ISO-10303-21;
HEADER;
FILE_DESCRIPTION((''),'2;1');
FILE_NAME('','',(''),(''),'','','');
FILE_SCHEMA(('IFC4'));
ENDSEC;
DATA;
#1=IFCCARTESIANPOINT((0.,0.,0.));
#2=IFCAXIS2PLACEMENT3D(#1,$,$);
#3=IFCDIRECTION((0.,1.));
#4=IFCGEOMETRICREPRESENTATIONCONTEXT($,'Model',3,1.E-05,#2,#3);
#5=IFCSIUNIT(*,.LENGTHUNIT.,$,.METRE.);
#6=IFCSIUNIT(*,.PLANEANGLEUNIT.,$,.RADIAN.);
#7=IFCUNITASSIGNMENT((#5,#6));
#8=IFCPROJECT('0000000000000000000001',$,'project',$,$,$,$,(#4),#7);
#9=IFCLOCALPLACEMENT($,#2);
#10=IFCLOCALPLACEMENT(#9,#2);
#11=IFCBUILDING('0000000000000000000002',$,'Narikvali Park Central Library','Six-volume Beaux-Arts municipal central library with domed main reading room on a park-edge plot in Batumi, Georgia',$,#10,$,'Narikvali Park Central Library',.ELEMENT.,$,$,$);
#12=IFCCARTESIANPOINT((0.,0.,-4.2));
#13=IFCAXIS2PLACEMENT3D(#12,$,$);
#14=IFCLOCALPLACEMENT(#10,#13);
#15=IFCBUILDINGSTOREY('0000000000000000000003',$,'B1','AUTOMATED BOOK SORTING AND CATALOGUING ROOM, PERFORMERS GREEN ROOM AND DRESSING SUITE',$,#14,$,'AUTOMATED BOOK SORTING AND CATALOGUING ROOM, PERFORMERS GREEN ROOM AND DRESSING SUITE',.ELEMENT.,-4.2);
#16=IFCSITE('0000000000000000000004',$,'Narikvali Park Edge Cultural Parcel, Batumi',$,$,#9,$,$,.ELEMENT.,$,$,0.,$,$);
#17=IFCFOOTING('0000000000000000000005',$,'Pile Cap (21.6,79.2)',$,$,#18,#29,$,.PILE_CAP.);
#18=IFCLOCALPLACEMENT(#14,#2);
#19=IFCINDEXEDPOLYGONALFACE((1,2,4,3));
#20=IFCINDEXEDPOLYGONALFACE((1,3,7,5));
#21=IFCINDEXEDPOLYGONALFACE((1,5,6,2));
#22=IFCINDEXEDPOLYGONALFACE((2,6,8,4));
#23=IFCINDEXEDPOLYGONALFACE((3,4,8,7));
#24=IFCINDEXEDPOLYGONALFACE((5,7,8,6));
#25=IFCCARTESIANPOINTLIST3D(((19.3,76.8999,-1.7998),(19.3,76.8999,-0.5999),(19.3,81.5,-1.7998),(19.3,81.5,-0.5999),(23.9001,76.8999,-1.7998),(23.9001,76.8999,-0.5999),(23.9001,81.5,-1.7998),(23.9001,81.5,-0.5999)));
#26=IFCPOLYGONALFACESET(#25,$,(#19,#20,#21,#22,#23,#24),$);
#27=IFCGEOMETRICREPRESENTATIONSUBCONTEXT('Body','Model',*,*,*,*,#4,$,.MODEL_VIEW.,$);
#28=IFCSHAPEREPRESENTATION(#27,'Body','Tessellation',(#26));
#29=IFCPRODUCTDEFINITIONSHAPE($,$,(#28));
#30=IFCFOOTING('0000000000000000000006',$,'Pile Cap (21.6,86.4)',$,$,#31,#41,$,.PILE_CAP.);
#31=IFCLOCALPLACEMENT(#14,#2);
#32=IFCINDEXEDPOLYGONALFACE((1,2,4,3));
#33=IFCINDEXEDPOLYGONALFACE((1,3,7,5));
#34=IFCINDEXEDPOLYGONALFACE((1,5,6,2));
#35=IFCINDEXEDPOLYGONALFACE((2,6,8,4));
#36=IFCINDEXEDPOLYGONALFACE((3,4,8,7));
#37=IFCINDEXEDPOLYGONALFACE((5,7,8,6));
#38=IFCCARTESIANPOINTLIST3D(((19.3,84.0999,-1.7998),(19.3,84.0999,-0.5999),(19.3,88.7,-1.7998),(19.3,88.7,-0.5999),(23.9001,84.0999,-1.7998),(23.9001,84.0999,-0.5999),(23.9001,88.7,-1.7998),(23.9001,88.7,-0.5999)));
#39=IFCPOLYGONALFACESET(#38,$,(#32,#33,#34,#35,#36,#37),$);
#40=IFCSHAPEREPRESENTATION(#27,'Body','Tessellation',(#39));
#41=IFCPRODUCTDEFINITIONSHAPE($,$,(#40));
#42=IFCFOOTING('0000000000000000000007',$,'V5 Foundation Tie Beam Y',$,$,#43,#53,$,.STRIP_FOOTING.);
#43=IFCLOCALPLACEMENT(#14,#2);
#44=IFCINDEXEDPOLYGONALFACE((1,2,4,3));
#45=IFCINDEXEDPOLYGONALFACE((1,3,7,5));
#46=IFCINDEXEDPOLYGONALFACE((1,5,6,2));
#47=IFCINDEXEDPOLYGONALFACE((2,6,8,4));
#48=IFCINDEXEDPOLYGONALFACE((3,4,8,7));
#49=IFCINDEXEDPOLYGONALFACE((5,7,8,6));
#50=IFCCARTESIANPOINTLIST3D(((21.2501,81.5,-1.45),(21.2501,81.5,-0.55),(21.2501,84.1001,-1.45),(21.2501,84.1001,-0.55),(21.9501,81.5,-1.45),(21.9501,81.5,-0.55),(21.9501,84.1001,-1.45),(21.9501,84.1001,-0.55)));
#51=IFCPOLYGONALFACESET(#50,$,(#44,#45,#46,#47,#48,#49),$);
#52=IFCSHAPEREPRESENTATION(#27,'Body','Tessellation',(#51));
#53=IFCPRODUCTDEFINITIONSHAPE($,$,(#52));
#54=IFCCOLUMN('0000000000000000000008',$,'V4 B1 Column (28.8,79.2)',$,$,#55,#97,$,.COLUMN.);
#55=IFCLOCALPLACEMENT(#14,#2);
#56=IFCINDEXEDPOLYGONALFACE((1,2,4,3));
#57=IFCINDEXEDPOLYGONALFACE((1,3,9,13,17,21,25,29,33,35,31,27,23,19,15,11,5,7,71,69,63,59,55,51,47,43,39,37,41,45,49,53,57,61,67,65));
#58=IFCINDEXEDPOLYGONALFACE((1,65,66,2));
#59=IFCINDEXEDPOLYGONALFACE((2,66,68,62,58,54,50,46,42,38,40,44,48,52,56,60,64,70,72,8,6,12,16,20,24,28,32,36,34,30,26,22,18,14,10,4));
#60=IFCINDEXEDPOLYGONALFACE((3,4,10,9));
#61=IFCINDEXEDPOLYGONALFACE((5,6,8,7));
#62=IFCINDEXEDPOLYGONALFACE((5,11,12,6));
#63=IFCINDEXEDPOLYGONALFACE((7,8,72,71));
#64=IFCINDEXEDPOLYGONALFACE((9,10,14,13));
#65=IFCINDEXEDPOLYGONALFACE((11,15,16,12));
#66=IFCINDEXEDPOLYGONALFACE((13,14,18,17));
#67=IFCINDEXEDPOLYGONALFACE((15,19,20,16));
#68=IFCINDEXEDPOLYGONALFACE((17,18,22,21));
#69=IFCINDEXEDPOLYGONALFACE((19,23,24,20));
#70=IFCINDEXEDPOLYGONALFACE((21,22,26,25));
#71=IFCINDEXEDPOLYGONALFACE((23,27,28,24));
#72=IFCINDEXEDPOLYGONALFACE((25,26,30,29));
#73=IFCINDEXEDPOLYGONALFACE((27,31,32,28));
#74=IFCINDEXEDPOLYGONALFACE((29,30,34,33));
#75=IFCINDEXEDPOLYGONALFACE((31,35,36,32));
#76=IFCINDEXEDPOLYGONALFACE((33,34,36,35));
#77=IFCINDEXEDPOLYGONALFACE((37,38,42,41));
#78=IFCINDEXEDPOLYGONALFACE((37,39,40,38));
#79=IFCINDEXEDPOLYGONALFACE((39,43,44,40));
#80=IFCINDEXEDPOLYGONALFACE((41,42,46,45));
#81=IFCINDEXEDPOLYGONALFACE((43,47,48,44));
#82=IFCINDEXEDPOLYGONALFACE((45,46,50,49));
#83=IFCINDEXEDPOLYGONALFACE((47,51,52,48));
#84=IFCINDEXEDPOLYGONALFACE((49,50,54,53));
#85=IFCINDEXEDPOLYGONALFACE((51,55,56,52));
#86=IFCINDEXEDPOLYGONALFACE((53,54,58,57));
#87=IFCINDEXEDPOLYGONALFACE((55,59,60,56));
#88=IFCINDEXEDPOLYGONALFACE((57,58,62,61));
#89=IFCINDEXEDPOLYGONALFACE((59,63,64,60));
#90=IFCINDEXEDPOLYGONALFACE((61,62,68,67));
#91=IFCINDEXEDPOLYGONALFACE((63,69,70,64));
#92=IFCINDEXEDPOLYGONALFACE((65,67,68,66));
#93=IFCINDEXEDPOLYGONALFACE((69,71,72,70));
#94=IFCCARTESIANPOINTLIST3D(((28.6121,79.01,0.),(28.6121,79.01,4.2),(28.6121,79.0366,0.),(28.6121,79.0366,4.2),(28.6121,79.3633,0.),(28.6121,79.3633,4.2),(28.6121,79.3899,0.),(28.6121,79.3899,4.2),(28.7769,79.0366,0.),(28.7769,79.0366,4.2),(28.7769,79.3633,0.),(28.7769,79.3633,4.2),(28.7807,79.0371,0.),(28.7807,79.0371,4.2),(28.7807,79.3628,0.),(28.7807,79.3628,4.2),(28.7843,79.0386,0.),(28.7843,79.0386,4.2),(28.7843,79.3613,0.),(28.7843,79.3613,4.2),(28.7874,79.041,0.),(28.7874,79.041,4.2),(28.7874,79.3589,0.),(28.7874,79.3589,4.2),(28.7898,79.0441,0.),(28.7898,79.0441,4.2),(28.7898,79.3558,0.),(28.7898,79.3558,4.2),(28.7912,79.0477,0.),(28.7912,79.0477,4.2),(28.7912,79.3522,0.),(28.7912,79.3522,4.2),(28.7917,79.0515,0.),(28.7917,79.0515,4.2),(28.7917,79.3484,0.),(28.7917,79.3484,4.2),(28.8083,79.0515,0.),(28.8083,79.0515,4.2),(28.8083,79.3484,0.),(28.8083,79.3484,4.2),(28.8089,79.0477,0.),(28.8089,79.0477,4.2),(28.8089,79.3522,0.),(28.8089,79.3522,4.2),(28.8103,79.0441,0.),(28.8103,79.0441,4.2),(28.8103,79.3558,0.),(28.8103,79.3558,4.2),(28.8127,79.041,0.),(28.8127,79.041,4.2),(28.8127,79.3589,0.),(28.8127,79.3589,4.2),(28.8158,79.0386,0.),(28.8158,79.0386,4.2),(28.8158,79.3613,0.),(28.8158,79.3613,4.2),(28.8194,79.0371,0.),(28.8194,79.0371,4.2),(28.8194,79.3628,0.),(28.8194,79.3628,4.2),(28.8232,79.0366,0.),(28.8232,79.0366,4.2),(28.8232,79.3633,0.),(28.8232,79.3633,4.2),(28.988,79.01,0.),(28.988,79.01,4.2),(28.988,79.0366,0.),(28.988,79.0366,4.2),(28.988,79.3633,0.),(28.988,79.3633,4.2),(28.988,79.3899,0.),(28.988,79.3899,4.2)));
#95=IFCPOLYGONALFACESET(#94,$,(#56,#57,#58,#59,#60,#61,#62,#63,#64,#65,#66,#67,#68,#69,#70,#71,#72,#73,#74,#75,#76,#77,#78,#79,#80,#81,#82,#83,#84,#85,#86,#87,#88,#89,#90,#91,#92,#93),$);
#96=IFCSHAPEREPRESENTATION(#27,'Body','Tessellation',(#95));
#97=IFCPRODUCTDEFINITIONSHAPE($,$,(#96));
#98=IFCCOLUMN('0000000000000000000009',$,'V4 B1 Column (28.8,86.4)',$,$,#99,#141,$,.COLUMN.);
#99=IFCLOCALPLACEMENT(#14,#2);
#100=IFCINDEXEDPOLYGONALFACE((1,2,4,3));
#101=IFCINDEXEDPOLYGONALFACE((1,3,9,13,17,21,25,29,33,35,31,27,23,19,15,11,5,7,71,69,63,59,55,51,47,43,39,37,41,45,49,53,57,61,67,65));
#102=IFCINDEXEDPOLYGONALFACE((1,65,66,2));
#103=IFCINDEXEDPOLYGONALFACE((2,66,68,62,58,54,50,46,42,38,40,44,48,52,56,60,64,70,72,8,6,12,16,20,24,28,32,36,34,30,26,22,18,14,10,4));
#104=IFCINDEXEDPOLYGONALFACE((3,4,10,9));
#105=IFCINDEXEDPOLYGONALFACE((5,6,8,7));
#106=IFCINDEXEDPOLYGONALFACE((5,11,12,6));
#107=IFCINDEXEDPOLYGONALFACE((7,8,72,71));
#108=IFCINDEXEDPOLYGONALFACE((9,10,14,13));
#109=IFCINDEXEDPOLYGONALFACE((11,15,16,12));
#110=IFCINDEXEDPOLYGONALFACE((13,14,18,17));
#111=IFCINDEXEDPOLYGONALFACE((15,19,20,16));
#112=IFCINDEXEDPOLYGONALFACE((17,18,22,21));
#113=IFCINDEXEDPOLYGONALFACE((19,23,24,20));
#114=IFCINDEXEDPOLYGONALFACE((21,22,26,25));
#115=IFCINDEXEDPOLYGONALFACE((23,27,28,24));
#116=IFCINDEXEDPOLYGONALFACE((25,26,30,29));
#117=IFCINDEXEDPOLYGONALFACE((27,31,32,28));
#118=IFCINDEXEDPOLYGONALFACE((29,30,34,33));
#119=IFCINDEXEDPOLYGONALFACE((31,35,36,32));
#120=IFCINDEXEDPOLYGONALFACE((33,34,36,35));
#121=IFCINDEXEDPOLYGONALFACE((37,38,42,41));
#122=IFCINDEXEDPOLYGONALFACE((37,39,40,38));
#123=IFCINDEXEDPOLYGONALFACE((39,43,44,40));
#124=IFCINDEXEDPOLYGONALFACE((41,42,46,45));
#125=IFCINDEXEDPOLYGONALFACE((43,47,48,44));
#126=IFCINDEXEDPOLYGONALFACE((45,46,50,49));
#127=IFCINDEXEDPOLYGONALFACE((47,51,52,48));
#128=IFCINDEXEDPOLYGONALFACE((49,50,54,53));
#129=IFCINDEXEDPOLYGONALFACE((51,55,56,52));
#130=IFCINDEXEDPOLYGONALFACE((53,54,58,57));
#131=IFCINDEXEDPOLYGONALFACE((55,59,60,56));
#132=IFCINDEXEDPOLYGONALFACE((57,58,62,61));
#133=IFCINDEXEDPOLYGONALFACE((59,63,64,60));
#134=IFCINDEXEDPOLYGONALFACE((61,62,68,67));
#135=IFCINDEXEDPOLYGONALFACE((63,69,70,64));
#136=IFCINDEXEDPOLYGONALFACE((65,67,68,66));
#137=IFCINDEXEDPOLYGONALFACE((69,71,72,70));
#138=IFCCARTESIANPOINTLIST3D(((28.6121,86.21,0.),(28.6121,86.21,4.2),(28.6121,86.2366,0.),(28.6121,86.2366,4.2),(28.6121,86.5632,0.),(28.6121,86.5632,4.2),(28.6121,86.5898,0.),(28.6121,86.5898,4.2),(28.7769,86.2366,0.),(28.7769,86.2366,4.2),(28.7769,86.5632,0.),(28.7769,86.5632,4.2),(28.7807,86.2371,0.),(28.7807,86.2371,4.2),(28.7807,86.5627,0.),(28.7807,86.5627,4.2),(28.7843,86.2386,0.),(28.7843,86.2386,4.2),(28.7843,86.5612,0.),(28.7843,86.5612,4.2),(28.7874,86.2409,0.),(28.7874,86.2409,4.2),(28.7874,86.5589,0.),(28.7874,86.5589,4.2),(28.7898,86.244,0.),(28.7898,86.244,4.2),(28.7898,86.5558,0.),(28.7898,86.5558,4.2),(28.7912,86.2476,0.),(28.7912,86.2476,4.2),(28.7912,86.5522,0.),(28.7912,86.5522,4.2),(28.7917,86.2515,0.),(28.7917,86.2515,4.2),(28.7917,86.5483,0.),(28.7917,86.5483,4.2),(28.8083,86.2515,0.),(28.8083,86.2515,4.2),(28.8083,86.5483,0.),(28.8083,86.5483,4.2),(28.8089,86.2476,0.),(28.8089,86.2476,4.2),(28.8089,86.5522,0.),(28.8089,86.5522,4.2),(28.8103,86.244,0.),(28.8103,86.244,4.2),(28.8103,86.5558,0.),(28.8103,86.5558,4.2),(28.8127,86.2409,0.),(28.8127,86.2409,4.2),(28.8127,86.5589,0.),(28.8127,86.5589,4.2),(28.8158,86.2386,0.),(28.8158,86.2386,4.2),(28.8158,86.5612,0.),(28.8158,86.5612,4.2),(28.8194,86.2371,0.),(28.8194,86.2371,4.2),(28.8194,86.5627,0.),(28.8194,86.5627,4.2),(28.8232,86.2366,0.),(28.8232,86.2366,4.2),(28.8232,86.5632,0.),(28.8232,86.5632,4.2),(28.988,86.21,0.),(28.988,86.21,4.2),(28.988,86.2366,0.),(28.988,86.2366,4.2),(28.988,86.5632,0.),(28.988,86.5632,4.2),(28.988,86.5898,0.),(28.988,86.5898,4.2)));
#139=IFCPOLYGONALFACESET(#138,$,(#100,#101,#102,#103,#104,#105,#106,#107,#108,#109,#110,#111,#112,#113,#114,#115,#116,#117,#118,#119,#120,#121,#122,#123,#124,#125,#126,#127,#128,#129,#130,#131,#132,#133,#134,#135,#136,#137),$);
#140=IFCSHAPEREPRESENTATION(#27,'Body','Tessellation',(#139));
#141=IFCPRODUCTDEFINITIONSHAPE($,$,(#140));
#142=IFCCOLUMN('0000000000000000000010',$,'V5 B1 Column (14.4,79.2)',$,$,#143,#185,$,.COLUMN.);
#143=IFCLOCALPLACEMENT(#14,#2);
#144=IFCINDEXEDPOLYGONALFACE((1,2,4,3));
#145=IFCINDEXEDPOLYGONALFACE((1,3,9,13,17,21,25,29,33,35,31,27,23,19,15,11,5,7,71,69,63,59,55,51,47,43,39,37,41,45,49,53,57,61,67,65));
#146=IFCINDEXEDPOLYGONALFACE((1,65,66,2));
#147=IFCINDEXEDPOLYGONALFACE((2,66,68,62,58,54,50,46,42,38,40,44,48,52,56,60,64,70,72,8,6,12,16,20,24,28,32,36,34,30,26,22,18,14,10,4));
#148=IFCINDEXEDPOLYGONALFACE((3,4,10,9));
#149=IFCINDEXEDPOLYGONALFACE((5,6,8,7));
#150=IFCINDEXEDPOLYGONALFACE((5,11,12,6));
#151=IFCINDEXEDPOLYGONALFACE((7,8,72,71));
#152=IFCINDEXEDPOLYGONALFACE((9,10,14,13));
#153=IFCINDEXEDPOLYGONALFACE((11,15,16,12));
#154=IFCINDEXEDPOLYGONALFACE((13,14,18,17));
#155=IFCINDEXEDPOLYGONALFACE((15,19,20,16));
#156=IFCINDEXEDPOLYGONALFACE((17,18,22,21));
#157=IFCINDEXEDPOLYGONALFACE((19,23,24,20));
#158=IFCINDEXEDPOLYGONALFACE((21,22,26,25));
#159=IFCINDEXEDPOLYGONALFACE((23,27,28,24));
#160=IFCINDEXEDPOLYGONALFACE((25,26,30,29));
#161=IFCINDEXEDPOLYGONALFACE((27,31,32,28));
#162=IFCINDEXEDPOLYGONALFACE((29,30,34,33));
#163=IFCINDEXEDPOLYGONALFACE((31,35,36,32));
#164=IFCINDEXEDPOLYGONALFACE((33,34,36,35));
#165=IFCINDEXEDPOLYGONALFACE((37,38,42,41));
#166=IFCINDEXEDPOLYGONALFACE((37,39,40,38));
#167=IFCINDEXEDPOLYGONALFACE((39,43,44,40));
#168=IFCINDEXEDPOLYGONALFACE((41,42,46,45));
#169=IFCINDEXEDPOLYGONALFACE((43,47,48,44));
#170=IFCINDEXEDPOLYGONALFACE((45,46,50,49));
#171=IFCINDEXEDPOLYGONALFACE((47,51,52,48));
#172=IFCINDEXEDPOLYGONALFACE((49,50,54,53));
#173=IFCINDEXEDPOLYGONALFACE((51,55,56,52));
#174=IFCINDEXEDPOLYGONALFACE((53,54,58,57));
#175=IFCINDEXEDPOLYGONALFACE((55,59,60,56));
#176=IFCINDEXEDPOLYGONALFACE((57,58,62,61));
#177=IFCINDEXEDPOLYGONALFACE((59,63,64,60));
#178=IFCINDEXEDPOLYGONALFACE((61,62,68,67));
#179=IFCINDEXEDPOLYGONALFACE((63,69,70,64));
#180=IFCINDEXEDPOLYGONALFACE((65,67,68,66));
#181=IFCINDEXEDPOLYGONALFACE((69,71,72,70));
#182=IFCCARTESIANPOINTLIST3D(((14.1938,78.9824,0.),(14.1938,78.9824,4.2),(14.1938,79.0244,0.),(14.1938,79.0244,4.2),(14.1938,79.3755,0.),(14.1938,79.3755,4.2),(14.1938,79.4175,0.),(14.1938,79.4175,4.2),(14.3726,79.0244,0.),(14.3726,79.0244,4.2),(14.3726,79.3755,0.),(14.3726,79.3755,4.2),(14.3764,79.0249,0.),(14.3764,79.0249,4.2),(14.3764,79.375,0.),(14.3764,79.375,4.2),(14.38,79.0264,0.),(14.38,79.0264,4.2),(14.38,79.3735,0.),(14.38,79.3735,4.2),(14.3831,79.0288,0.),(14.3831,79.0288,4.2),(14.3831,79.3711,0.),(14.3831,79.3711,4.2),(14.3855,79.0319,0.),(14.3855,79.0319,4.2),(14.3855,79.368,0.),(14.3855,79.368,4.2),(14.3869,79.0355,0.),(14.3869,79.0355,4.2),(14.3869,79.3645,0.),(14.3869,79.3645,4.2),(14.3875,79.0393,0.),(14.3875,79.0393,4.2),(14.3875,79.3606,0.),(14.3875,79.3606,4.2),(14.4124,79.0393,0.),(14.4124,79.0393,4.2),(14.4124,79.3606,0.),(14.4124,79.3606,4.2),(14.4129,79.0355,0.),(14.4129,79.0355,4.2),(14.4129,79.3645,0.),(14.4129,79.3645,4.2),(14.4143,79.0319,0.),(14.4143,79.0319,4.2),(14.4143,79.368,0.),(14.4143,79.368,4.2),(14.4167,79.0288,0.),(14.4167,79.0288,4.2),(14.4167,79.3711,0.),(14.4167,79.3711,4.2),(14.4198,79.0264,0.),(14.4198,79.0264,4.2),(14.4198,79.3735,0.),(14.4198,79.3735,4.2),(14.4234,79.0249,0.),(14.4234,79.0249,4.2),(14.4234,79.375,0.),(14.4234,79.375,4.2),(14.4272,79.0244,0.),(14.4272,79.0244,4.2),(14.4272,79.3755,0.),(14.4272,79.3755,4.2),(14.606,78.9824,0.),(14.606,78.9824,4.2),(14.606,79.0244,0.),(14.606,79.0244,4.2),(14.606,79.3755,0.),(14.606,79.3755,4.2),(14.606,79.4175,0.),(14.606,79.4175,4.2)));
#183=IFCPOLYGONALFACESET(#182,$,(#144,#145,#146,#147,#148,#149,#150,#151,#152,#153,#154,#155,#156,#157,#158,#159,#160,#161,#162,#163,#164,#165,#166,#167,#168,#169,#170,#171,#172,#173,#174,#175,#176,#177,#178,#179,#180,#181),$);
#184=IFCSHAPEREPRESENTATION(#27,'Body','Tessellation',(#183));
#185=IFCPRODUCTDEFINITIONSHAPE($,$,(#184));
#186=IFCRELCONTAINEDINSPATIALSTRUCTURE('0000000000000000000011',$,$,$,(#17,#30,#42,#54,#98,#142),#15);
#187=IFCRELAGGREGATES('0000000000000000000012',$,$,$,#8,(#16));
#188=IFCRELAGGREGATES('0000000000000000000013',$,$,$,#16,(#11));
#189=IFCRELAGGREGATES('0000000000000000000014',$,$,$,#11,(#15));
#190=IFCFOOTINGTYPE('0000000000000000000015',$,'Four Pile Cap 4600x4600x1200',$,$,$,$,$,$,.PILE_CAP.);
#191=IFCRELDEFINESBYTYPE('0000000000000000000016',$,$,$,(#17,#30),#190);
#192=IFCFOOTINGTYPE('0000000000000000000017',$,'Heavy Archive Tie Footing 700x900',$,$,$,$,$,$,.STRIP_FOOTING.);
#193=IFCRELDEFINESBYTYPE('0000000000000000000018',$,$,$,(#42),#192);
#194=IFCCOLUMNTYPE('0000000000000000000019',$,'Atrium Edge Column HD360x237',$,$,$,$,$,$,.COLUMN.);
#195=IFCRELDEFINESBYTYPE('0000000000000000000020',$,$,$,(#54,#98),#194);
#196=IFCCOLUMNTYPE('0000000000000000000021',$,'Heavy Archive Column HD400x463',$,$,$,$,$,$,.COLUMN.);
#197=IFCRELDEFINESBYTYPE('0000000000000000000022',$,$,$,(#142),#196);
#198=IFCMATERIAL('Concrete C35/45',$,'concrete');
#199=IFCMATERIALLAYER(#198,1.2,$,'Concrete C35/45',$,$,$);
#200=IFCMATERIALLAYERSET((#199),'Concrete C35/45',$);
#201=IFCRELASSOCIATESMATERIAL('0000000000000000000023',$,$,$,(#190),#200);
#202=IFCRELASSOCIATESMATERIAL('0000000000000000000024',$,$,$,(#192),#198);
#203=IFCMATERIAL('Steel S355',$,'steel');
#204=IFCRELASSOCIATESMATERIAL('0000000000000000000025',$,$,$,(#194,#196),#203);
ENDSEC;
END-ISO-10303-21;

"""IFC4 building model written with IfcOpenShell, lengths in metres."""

from ifc_helpers import new_model, si_unit, direction, frame, origin, origin_2d, place, context, subcontext, project, spatial, rectangle, i_section, extrude, material, layer, layer_set, material_profile, profile_set, type_object, element, save


model = new_model("IFC4")

# Units and contexts
model_context = context("Model", 3, precision=1e-05, world=origin(), true_north=direction((0.0, 1.0)))
body_context = subcontext(model_context, "Body", "Model", "MODEL_VIEW")
ifc_project = project(units=[si_unit("LENGTHUNIT", "METRE"), si_unit("PLANEANGLEUNIT", "RADIAN")], contexts=[model_context])

# Site, building, storey
site_placement = place(None, origin())
site = spatial("IfcSite", under=ifc_project, at=site_placement, Name="Narikvali Park Edge Cultural Parcel, Batumi", CompositionType="ELEMENT", RefElevation=0.0)
building_placement = place(site_placement, origin())
building = spatial("IfcBuilding", under=site, at=building_placement, Name="Narikvali Park Central Library", Description="Six-volume Beaux-Arts municipal central library with domed main reading room on a park-edge plot in Batumi, Georgia", LongName="Narikvali Park Central Library", CompositionType="ELEMENT")
storey_placement = place(building_placement, frame((0.0, 0.0, -4.2)))
storey = spatial("IfcBuildingStorey", under=building, at=storey_placement, Name="B1", Description="AUTOMATED BOOK SORTING AND CATALOGUING ROOM, PERFORMERS GREEN ROOM AND DRESSING SUITE", LongName="AUTOMATED BOOK SORTING AND CATALOGUING ROOM, PERFORMERS GREEN ROOM AND DRESSING SUITE", CompositionType="ELEMENT", Elevation=-4.2)

# Shared definitions
ifc_material_1 = material(Name="Concrete C35/45", Category="concrete")

# Footings
ifc_layer_1 = layer(ifc_material_1, 1.2, Name="Concrete C35/45")
ifc_layer_set_1 = layer_set([ifc_layer_1], Name="Concrete C35/45")
footing_type_1 = type_object("IfcFootingType", Name="Four Pile Cap 4600x4600x1200", PredefinedType="PILE_CAP", material=ifc_layer_set_1)
for number, where, z_axis, x_axis, name in (
    (1, (21.6001, 79.2, -1.7998), (0.0, 0.0, 1.0), (1.0, 0.0, 0.0), "Pile Cap (21.6,79.2)"),
    (2, (21.6001, 86.3999, -1.7998), (0.0, 0.0, 1.0), (1.0, 0.0, 0.0), "Pile Cap (21.6,86.4)"),
):
    element("IfcFooting", number, at=place(storey_placement, frame(where, z_axis=z_axis, x_axis=x_axis)), inside=storey, type_object=footing_type_1, Name=name, PredefinedType="PILE_CAP", context=body_context, shape_type="SweptSolid", body=[
        extrude(rectangle(XDim=4.6001, YDim=4.6001, at=origin_2d()), origin(), (0.0, 0.0, 1.0), 1.2),
    ])
ifc_material_profile_1 = material_profile(ifc_material_1, rectangle(XDim=0.7, YDim=0.8999, at=origin_2d()), Name="RC GB 700x900")
ifc_profile_set_1 = profile_set([ifc_material_profile_1], Name="Concrete C35/45")
footing_type_2 = type_object("IfcFootingType", Name="Heavy Archive Tie Footing 700x900", PredefinedType="STRIP_FOOTING", material=ifc_profile_set_1)
footing_1_placement = place(storey_placement, frame((21.6001, 81.5, -1.0), z_axis=(0.0, 1.0, 0.0), x_axis=(-1.0, 0.0, 0.0)))
element("IfcFooting", 3, at=footing_1_placement, inside=storey, type_object=footing_type_2, Name="V5 Foundation Tie Beam Y", PredefinedType="STRIP_FOOTING", context=body_context, shape_type="SweptSolid", body=[
    extrude(rectangle(XDim=0.7, YDim=0.8999, at=origin_2d()), origin(), (0.0, 0.0, 1.0), 2.6001),
])

# Columns
ifc_material_2 = material(Name="Steel S355", Category="steel")
ifc_material_profile_2 = material_profile(ifc_material_2, i_section(OverallWidth=0.376, OverallDepth=0.3799, WebThickness=0.0166, FlangeThickness=0.0266, FilletRadius=0.0149, at=origin_2d()), Name="HD 360x237")
ifc_profile_set_2 = profile_set([ifc_material_profile_2], Name="Steel S355")
column_type_1 = type_object("IfcColumnType", Name="Atrium Edge Column HD360x237", PredefinedType="COLUMN", material=ifc_profile_set_2)
for number, where, z_axis, x_axis, name in (
    (4, (28.8, 79.2, 0.0), (0.0, 0.0, 1.0), (1.0, 0.0, 0.0), "V4 B1 Column (28.8,79.2)"),
    (5, (28.8, 86.3999, 0.0), (0.0, 0.0, 1.0), (1.0, 0.0, 0.0), "V4 B1 Column (28.8,86.4)"),
):
    element("IfcColumn", number, at=place(storey_placement, frame(where, z_axis=z_axis, x_axis=x_axis)), inside=storey, type_object=column_type_1, Name=name, PredefinedType="COLUMN", context=body_context, shape_type="SweptSolid", body=[
        extrude(i_section(OverallWidth=0.376, OverallDepth=0.3799, WebThickness=0.0166, FlangeThickness=0.0266, FilletRadius=0.0149, at=origin_2d()), origin(), (0.0, 0.0, 1.0), 4.2),
    ])
ifc_material_profile_3 = material_profile(ifc_material_2, i_section(OverallWidth=0.4121, OverallDepth=0.4351, WebThickness=0.0249, FlangeThickness=0.042, FilletRadius=0.0149, at=origin_2d()), Name="HD 400x463")
ifc_profile_set_3 = profile_set([ifc_material_profile_3], Name="Steel S355")
column_type_2 = type_object("IfcColumnType", Name="Heavy Archive Column HD400x463", PredefinedType="COLUMN", material=ifc_profile_set_3)
for number, where, z_axis, x_axis, name in (
    (6, (14.3999, 79.2, 0.0), (0.0, 0.0, 1.0), (1.0, 0.0, 0.0), "V5 B1 Column (14.4,79.2)"),
):
    element("IfcColumn", number, at=place(storey_placement, frame(where, z_axis=z_axis, x_axis=x_axis)), inside=storey, type_object=column_type_2, Name=name, PredefinedType="COLUMN", context=body_context, shape_type="SweptSolid", body=[
        extrude(i_section(OverallWidth=0.4121, OverallDepth=0.4351, WebThickness=0.0249, FlangeThickness=0.042, FilletRadius=0.0149, at=origin_2d()), origin(), (0.0, 0.0, 1.0), 4.2),
    ])

save(model, "model.ifc")
